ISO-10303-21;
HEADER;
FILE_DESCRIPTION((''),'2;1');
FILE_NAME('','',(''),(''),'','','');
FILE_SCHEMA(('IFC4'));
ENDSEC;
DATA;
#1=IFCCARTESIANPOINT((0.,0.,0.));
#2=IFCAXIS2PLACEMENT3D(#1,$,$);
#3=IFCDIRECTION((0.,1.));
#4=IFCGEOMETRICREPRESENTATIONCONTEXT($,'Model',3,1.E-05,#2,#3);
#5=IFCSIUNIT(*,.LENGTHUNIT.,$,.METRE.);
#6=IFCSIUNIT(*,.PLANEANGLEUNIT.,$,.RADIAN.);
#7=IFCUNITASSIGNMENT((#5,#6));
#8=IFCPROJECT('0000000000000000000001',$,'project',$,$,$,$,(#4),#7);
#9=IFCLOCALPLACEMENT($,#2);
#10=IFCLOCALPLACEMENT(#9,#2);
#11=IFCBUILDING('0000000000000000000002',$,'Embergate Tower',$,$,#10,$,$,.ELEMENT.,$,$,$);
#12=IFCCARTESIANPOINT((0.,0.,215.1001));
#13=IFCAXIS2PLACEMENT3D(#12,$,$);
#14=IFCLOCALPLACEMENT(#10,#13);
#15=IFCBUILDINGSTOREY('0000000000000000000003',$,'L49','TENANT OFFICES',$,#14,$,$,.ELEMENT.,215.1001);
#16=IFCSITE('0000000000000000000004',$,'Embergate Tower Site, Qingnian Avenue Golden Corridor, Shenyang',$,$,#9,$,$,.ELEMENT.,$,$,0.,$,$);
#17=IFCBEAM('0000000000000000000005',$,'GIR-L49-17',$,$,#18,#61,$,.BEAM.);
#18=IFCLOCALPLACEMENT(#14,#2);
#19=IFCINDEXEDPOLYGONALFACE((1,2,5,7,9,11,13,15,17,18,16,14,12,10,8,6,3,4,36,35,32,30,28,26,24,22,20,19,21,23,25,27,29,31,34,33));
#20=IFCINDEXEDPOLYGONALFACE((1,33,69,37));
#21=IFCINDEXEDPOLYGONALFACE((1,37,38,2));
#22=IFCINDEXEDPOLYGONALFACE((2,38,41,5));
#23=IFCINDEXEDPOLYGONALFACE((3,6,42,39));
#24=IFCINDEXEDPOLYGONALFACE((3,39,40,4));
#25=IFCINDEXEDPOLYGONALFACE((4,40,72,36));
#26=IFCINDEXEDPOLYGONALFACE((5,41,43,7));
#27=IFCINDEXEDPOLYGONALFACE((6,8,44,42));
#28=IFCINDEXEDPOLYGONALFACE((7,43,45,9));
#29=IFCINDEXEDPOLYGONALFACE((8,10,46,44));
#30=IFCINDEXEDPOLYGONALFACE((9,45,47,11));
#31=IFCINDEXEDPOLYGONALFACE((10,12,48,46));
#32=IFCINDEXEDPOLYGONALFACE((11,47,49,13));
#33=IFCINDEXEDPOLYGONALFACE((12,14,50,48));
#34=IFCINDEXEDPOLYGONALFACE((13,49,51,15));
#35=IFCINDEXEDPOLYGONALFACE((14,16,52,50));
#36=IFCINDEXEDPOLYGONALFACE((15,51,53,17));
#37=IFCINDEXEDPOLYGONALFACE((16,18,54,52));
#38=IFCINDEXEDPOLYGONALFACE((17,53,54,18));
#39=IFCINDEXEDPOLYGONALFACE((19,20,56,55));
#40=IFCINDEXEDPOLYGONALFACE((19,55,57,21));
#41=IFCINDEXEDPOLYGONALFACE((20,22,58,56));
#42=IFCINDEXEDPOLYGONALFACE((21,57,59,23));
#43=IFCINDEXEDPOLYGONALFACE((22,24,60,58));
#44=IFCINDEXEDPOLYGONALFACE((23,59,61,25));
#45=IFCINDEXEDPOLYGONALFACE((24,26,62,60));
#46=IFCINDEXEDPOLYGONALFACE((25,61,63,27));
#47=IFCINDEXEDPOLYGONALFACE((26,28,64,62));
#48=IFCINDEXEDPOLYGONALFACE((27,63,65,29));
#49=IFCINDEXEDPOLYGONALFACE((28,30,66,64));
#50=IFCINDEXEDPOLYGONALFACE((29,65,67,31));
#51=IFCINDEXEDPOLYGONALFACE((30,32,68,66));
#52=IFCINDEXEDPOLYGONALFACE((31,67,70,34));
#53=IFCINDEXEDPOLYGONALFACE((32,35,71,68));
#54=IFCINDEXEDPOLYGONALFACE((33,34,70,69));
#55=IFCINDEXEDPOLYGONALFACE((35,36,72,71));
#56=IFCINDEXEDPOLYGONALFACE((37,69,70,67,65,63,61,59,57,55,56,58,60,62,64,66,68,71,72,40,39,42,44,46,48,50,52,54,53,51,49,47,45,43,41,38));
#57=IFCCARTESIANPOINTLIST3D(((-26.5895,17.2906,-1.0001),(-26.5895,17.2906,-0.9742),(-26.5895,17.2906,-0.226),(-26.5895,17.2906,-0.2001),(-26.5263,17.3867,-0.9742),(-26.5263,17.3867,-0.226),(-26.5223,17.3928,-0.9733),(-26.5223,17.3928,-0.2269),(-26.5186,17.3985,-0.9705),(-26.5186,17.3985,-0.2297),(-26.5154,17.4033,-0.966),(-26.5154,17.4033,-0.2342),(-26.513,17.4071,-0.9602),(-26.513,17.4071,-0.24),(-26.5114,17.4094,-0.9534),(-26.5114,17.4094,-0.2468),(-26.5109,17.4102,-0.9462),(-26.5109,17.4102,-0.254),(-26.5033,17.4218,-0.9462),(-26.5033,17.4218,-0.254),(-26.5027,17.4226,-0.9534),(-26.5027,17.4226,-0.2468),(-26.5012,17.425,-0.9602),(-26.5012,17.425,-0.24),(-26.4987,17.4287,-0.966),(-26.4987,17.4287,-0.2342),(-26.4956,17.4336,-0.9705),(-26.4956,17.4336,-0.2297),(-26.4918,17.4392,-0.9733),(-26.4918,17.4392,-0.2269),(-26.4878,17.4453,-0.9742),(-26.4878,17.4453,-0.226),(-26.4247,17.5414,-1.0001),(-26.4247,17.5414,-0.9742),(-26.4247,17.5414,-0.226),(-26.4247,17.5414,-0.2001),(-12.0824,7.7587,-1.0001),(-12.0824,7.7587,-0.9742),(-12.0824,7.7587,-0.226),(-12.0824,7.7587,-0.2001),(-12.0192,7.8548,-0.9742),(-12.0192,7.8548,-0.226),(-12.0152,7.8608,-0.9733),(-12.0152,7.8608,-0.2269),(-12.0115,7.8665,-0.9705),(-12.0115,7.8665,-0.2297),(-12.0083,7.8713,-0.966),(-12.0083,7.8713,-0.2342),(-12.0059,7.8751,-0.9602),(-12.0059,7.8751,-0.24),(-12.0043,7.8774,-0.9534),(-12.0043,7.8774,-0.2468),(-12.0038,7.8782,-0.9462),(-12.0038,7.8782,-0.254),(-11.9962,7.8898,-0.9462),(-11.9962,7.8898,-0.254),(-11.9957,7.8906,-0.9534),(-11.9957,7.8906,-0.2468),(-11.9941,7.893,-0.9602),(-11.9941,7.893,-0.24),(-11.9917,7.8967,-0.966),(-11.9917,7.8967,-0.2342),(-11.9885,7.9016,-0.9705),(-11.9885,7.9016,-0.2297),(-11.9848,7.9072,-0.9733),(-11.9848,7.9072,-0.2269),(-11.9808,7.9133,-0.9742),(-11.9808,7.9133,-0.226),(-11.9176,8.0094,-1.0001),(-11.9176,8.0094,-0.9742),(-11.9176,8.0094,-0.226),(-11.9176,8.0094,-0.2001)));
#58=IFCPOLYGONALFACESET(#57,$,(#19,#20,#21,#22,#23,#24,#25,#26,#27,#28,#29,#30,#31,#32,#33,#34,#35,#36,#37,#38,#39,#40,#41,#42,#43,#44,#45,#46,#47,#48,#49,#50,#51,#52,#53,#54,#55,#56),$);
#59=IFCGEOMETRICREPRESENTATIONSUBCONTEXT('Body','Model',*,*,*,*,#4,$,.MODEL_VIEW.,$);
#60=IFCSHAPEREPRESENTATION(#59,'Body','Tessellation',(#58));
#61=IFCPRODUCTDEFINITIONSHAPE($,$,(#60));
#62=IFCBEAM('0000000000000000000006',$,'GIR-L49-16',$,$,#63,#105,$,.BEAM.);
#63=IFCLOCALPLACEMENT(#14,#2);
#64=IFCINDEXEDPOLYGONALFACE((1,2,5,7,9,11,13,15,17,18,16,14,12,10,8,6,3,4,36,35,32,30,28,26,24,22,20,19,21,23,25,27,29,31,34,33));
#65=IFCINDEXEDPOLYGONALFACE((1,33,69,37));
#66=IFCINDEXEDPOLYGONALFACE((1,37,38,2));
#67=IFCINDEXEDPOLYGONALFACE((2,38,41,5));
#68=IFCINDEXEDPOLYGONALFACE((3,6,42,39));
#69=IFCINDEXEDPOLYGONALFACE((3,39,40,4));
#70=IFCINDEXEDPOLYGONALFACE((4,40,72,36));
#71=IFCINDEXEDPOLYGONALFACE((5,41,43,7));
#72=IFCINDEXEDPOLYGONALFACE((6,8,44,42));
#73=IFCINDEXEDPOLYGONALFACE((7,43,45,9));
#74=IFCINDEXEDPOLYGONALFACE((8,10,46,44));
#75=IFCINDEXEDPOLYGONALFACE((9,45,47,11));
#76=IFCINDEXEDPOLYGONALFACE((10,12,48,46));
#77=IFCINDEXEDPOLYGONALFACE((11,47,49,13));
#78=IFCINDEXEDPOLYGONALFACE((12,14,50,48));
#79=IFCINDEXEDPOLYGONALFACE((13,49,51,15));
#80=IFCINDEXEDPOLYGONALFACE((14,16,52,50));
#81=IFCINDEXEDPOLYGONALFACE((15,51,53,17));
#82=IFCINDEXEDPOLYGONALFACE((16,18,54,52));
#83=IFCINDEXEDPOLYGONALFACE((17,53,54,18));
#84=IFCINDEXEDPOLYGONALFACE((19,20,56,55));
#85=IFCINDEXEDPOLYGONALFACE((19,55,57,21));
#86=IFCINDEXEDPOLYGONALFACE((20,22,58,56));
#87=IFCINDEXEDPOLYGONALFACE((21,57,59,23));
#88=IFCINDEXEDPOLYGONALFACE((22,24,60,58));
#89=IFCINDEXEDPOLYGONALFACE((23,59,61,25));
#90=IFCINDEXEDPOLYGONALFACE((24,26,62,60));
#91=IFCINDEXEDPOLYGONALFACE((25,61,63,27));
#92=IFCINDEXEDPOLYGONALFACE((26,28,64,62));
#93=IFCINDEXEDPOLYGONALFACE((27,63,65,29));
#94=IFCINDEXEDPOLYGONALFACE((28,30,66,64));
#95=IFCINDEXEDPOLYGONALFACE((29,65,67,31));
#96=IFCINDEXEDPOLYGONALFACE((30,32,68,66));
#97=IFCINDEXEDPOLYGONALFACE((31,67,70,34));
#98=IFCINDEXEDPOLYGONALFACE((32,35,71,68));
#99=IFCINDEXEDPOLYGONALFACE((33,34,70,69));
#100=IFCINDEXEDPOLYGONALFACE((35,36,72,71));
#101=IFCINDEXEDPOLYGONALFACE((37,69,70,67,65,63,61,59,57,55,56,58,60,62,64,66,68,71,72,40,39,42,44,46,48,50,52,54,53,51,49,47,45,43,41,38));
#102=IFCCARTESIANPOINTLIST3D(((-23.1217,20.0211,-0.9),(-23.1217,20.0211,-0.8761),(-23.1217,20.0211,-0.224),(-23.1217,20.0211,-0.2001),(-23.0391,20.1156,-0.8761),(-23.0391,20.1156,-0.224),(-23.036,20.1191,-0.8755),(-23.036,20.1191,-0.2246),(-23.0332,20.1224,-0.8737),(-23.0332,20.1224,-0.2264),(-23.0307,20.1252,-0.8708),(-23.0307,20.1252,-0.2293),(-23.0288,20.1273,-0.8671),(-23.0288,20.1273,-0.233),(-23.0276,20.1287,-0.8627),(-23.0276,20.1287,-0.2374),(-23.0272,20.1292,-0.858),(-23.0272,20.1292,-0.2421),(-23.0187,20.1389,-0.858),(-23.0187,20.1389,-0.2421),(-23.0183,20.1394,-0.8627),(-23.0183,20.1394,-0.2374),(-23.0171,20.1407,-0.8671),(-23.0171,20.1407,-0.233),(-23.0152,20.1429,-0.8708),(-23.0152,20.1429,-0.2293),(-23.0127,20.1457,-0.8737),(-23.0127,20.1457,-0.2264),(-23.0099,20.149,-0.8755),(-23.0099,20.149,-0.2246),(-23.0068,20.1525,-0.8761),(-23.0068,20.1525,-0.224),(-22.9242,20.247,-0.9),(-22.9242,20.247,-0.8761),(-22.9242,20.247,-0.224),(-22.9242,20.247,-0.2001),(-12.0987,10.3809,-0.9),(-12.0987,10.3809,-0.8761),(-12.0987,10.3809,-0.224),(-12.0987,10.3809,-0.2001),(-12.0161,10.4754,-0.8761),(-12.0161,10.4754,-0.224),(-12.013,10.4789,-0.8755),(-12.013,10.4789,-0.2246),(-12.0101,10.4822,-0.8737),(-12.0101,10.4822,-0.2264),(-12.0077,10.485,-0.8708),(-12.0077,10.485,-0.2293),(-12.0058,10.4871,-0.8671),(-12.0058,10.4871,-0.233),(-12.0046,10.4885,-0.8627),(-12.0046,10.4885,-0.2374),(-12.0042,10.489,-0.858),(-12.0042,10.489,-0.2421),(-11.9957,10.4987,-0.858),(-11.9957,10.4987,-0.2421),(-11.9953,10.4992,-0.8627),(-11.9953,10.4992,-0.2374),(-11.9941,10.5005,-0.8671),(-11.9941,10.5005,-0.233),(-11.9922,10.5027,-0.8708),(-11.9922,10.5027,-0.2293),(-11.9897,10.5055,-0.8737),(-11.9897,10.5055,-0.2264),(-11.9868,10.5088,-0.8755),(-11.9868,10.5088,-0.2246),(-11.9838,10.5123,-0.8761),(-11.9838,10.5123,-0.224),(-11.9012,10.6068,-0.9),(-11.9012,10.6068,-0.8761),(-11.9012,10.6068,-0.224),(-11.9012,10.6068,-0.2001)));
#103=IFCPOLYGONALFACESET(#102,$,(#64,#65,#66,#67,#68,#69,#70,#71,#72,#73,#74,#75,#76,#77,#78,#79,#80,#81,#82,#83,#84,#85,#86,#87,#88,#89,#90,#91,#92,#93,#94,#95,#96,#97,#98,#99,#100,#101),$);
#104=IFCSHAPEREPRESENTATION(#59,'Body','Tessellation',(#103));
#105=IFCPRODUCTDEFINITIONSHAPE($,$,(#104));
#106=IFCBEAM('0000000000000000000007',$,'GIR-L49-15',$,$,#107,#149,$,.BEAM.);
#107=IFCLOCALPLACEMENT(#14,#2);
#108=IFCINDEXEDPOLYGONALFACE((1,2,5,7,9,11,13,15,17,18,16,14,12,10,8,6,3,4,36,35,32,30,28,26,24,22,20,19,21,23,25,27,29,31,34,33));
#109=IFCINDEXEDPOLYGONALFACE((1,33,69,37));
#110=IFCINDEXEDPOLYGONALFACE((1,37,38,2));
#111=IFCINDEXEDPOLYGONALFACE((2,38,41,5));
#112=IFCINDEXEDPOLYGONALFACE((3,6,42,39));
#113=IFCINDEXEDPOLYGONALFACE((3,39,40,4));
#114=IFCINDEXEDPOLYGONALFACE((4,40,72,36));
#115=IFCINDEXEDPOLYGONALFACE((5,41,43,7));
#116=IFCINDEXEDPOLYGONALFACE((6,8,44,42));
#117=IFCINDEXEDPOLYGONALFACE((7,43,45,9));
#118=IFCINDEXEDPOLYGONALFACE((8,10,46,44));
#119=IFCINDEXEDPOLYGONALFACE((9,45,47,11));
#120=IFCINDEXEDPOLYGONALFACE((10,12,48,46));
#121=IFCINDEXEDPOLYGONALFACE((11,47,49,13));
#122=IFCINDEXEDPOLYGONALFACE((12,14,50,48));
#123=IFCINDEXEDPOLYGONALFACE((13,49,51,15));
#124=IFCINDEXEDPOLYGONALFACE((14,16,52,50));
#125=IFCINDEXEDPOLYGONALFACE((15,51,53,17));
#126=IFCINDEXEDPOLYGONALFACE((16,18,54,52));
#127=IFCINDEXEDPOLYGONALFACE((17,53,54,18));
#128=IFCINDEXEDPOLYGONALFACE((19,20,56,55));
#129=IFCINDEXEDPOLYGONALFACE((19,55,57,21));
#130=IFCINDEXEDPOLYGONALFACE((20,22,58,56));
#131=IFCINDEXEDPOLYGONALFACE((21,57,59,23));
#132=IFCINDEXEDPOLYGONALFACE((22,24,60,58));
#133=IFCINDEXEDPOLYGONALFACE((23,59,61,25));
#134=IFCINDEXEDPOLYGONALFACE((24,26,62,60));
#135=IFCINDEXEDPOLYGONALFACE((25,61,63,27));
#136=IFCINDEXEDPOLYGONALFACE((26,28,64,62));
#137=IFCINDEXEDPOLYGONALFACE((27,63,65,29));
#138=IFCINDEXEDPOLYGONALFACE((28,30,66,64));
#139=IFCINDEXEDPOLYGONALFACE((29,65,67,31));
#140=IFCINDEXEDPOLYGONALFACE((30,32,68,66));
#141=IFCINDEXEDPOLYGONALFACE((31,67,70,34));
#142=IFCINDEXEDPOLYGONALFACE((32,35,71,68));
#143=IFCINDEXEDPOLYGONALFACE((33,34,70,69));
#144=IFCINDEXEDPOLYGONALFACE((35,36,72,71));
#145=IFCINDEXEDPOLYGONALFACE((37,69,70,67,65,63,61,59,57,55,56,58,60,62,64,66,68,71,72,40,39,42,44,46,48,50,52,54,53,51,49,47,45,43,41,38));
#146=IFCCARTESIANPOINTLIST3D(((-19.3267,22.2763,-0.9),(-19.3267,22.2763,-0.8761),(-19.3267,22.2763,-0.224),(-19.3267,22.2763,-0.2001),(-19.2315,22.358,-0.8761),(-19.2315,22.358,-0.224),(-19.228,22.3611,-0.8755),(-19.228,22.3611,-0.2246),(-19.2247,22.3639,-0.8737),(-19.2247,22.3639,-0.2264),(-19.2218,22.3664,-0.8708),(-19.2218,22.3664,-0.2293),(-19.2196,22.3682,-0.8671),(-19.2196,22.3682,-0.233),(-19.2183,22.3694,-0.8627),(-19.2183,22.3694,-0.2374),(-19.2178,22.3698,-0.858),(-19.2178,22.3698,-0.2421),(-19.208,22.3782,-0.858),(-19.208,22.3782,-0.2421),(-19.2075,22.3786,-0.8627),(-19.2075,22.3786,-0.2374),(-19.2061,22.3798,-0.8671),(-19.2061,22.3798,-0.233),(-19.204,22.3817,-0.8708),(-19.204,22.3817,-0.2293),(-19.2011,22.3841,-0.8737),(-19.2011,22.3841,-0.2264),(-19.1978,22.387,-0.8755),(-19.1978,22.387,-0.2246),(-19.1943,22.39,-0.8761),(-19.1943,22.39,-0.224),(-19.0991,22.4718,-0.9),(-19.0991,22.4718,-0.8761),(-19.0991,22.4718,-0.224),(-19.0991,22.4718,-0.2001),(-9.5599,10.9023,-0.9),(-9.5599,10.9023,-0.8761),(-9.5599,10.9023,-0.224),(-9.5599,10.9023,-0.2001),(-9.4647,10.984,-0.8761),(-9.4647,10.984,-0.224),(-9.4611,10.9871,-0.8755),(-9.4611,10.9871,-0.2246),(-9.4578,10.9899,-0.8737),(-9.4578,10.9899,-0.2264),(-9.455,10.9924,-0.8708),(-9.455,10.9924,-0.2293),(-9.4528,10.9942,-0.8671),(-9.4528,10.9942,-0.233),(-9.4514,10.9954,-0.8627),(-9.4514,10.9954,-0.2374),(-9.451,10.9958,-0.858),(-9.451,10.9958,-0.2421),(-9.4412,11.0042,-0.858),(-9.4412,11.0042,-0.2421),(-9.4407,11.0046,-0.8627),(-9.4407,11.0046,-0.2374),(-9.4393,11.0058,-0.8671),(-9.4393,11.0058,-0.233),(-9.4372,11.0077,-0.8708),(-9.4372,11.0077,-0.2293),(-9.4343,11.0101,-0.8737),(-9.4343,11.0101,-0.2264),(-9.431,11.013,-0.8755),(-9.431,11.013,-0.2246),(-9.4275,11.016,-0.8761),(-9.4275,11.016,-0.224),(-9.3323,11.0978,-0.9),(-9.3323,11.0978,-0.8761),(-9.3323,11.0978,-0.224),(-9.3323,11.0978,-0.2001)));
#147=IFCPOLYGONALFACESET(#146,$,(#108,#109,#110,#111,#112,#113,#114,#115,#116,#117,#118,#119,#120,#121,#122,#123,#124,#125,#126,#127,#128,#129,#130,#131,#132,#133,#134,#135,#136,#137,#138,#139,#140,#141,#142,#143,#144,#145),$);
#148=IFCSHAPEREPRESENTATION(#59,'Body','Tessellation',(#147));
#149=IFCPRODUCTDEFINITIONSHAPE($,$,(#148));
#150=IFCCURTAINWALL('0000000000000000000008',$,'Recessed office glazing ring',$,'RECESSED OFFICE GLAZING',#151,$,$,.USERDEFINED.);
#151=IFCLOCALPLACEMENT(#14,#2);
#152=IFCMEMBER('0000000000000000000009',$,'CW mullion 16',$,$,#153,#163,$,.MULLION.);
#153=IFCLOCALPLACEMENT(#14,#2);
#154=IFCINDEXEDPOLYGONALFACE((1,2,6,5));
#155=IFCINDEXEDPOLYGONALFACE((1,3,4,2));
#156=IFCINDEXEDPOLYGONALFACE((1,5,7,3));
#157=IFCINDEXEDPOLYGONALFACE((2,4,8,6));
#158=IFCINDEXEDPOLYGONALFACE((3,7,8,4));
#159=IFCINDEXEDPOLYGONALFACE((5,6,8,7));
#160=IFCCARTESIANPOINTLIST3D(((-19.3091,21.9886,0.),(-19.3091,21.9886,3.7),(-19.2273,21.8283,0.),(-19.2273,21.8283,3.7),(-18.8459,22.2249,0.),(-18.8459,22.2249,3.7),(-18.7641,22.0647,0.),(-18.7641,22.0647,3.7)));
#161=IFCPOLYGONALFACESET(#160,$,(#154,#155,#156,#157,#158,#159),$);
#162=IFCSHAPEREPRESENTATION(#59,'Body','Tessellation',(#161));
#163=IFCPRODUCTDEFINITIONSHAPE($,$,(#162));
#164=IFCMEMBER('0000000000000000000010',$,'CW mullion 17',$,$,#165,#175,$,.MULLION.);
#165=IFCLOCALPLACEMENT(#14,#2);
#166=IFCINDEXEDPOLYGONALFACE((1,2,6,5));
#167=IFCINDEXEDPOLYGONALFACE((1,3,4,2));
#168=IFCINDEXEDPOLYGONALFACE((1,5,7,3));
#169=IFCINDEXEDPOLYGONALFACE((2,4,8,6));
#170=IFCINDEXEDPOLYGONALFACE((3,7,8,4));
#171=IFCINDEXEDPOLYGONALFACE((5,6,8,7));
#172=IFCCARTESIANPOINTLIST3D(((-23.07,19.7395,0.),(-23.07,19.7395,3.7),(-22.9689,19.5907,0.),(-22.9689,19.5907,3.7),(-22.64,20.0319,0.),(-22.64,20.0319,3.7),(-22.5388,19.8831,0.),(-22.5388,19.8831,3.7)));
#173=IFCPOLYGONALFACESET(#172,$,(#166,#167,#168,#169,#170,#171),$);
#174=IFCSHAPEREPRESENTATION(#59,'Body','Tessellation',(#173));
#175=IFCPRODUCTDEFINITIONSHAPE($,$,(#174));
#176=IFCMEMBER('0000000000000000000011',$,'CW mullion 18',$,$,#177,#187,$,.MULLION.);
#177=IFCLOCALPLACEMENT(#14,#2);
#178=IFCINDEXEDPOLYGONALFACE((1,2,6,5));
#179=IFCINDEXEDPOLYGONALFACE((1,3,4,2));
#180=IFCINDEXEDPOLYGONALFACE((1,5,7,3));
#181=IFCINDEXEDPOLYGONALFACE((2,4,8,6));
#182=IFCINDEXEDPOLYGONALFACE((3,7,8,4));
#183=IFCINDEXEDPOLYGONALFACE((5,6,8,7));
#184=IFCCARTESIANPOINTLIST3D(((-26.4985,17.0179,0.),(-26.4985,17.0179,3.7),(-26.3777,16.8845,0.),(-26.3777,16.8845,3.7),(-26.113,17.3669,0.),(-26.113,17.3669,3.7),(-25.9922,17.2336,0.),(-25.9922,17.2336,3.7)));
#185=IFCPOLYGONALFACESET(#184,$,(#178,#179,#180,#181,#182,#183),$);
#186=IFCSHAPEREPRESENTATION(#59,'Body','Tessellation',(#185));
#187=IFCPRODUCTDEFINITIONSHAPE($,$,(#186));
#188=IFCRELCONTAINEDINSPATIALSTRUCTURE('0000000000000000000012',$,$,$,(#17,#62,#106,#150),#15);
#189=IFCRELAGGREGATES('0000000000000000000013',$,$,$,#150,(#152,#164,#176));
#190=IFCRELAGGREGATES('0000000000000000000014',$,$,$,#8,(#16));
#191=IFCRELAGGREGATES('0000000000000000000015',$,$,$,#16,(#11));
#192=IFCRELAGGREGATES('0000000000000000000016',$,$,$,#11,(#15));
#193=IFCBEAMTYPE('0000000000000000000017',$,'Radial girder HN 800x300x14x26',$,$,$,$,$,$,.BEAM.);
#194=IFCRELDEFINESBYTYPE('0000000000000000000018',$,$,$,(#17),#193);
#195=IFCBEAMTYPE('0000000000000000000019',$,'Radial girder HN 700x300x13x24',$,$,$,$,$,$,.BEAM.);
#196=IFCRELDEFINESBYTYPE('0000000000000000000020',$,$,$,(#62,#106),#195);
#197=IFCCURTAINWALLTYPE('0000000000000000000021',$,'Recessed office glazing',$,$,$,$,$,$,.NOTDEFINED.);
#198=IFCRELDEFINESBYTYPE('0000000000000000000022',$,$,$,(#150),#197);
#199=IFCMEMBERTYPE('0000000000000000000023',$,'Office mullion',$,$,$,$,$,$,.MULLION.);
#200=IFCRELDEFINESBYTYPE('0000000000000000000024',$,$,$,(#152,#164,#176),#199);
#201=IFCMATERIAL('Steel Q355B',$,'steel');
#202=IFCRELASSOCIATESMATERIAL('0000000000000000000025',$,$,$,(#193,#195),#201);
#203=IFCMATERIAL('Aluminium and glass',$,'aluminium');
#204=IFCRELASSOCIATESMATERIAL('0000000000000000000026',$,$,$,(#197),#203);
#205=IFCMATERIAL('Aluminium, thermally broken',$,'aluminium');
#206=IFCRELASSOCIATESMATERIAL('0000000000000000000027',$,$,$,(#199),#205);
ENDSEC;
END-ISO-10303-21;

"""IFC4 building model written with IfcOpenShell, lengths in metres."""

from ifc_helpers import new_model, si_unit, direction, frame, origin, origin_2d, place, context, subcontext, project, spatial, rectangle, i_section, extrude, source, transform, mapped, material, material_profile, profile_set, type_object, element, aggregate, save


model = new_model("IFC4")

# Units and contexts
model_context = context("Model", 3, precision=1e-05, world=origin(), true_north=direction((0.0, 1.0)))
body_context = subcontext(model_context, "Body", "Model", "MODEL_VIEW")
ifc_project = project(units=[si_unit("LENGTHUNIT", "METRE"), si_unit("PLANEANGLEUNIT", "RADIAN")], contexts=[model_context])

# Site, building, storey
site_placement = place(None, origin())
site = spatial("IfcSite", under=ifc_project, at=site_placement, Name="Embergate Tower Site, Qingnian Avenue Golden Corridor, Shenyang", CompositionType="ELEMENT", RefElevation=0.0)
building_placement = place(site_placement, origin())
building = spatial("IfcBuilding", under=site, at=building_placement, Name="Embergate Tower", CompositionType="ELEMENT")
storey_placement = place(building_placement, frame((0.0, 0.0, 215.1001)))
storey = spatial("IfcBuildingStorey", under=building, at=storey_placement, Name="L49", Description="TENANT OFFICES", CompositionType="ELEMENT", Elevation=215.1001)

# Beams
ifc_material_1 = material(Name="Steel Q355B", Category="steel")
ifc_material_profile_1 = material_profile(ifc_material_1, i_section(OverallWidth=0.3, OverallDepth=0.8, WebThickness=0.0139, FlangeThickness=0.0259, FilletRadius=0.0281, at=origin_2d()), Name="HN 800x300x14x26")
ifc_profile_set_1 = profile_set([ifc_material_profile_1], Name="Steel Q355 grade B")
beam_type_1 = type_object("IfcBeamType", Name="Radial girder HN 800x300x14x26", PredefinedType="BEAM", material=ifc_profile_set_1)
shared_shape_1 = source(origin(), body_context, "Body", "SweptSolid", [
    extrude(i_section(OverallWidth=0.3, OverallDepth=0.8, WebThickness=0.0139, FlangeThickness=0.0259, FilletRadius=0.0281, at=origin_2d()), origin(), (0.0, 0.0, 1.0), 17.3584),
])
beam_1_placement = place(storey_placement, frame((-26.5071, 17.416, -0.6001), z_axis=(0.835738, -0.549128, 0.0), x_axis=(0.549128, 0.835738, 0.0)))
element("IfcBeam", 1, at=beam_1_placement, inside=storey, type_object=beam_type_1, Name="GIR-L49-17", PredefinedType="BEAM", context=body_context, shape_type="MappedRepresentation", body=[
    mapped(shared_shape_1, transform((0.0, 0.0, 0.0))),
])
ifc_material_profile_2 = material_profile(ifc_material_1, i_section(OverallWidth=0.3, OverallDepth=0.7, WebThickness=0.0129, FlangeThickness=0.0239, FilletRadius=0.0181, at=origin_2d()), Name="HN 700x300x13x24")
ifc_profile_set_2 = profile_set([ifc_material_profile_2], Name="Steel Q355 grade B")
beam_type_2 = type_object("IfcBeamType", Name="Radial girder HN 700x300x13x24", PredefinedType="BEAM", material=ifc_profile_set_2)
shared_shape_2 = source(origin(), body_context, "Body", "SweptSolid", [
    extrude(i_section(OverallWidth=0.3, OverallDepth=0.7, WebThickness=0.0129, FlangeThickness=0.0239, FilletRadius=0.0181, at=origin_2d()), origin(), (0.0, 0.0, 1.0), 14.6438),
])
beam_2_placement = place(storey_placement, frame((-23.0229, 20.134, -0.55), z_axis=(0.752744, -0.658313, 0.0), x_axis=(0.658313, 0.752744, 0.0)))
element("IfcBeam", 2, at=beam_2_placement, inside=storey, type_object=beam_type_2, Name="GIR-L49-16", PredefinedType="BEAM", context=body_context, shape_type="MappedRepresentation", body=[
    mapped(shared_shape_2, transform((0.0, 0.0, 0.0))),
])
shared_shape_3 = source(origin(), body_context, "Body", "SweptSolid", [
    extrude(i_section(OverallWidth=0.3, OverallDepth=0.7, WebThickness=0.0129, FlangeThickness=0.0239, FilletRadius=0.0181, at=origin_2d()), origin(), (0.0, 0.0, 1.0), 14.9919),
])
beam_3_placement = place(storey_placement, frame((-19.2129, 22.374, -0.55), z_axis=(0.651471, -0.758673, 0.0), x_axis=(0.758673, 0.651471, 0.0)))
element("IfcBeam", 3, at=beam_3_placement, inside=storey, type_object=beam_type_2, Name="GIR-L49-15", PredefinedType="BEAM", context=body_context, shape_type="MappedRepresentation", body=[
    mapped(shared_shape_3, transform((0.0, 0.0, 0.0))),
])

# Curtain wall, members
ifc_material_2 = material(Name="Aluminium and glass", Category="aluminium")
curtain_wall_type = type_object("IfcCurtainWallType", Name="Recessed office glazing", PredefinedType="NOTDEFINED", material=ifc_material_2)
curtain_wall_placement = place(storey_placement, origin())
curtain_wall = element("IfcCurtainWall", 4, at=curtain_wall_placement, inside=storey, type_object=curtain_wall_type, Name="Recessed office glazing ring", ObjectType="RECESSED OFFICE GLAZING", PredefinedType="USERDEFINED")
ifc_material_3 = material(Name="Aluminium, thermally broken", Category="aluminium")
ifc_material_profile_3 = material_profile(ifc_material_3, rectangle(XDim=0.1799, YDim=0.52, at=origin_2d()), Name="AL 520x180")
ifc_profile_set_3 = profile_set([ifc_material_profile_3], Name="Aluminium, thermally broken")
member_type_1 = type_object("IfcMemberType", Name="Office mullion", PredefinedType="MULLION", material=ifc_profile_set_3)
shared_shape_4 = source(origin(), body_context, "Body", "SweptSolid", [
    extrude(rectangle(XDim=0.1799, YDim=0.52, at=origin_2d()), origin(), (0.0, 0.0, 1.0), 3.7),
])
member_1_placement = place(storey_placement, frame((-19.0366, 22.0266, 0.0), z_axis=(0.0, 0.0, 1.0), x_axis=(0.454514, -0.890739, 0.0)))
member_1 = element("IfcMember", 5, at=member_1_placement, type_object=member_type_1, Name="CW mullion 16", PredefinedType="MULLION", context=body_context, shape_type="MappedRepresentation", body=[
    mapped(shared_shape_4, transform((0.0, 0.0, 0.0))),
])
member_2_placement = place(storey_placement, frame((-22.8044, 19.8113, 0.0), z_axis=(0.0, 0.0, 1.0), x_axis=(0.562221, -0.826987, 0.0)))
member_2 = element("IfcMember", 6, at=member_2_placement, type_object=member_type_1, Name="CW mullion 17", PredefinedType="MULLION", context=body_context, shape_type="MappedRepresentation", body=[
    mapped(shared_shape_4, transform((0.0, 0.0, 0.0))),
])
member_3_placement = place(storey_placement, frame((-26.2454, 17.1257, 0.0), z_axis=(0.0, 0.0, 1.0), x_axis=(0.67123, -0.741249, 0.0)))
member_3 = element("IfcMember", 7, at=member_3_placement, type_object=member_type_1, Name="CW mullion 18", PredefinedType="MULLION", context=body_context, shape_type="MappedRepresentation", body=[
    mapped(shared_shape_4, transform((0.0, 0.0, 0.0))),
])
aggregate(curtain_wall, [member_1, member_2, member_3])

save(model, "model.ifc")
